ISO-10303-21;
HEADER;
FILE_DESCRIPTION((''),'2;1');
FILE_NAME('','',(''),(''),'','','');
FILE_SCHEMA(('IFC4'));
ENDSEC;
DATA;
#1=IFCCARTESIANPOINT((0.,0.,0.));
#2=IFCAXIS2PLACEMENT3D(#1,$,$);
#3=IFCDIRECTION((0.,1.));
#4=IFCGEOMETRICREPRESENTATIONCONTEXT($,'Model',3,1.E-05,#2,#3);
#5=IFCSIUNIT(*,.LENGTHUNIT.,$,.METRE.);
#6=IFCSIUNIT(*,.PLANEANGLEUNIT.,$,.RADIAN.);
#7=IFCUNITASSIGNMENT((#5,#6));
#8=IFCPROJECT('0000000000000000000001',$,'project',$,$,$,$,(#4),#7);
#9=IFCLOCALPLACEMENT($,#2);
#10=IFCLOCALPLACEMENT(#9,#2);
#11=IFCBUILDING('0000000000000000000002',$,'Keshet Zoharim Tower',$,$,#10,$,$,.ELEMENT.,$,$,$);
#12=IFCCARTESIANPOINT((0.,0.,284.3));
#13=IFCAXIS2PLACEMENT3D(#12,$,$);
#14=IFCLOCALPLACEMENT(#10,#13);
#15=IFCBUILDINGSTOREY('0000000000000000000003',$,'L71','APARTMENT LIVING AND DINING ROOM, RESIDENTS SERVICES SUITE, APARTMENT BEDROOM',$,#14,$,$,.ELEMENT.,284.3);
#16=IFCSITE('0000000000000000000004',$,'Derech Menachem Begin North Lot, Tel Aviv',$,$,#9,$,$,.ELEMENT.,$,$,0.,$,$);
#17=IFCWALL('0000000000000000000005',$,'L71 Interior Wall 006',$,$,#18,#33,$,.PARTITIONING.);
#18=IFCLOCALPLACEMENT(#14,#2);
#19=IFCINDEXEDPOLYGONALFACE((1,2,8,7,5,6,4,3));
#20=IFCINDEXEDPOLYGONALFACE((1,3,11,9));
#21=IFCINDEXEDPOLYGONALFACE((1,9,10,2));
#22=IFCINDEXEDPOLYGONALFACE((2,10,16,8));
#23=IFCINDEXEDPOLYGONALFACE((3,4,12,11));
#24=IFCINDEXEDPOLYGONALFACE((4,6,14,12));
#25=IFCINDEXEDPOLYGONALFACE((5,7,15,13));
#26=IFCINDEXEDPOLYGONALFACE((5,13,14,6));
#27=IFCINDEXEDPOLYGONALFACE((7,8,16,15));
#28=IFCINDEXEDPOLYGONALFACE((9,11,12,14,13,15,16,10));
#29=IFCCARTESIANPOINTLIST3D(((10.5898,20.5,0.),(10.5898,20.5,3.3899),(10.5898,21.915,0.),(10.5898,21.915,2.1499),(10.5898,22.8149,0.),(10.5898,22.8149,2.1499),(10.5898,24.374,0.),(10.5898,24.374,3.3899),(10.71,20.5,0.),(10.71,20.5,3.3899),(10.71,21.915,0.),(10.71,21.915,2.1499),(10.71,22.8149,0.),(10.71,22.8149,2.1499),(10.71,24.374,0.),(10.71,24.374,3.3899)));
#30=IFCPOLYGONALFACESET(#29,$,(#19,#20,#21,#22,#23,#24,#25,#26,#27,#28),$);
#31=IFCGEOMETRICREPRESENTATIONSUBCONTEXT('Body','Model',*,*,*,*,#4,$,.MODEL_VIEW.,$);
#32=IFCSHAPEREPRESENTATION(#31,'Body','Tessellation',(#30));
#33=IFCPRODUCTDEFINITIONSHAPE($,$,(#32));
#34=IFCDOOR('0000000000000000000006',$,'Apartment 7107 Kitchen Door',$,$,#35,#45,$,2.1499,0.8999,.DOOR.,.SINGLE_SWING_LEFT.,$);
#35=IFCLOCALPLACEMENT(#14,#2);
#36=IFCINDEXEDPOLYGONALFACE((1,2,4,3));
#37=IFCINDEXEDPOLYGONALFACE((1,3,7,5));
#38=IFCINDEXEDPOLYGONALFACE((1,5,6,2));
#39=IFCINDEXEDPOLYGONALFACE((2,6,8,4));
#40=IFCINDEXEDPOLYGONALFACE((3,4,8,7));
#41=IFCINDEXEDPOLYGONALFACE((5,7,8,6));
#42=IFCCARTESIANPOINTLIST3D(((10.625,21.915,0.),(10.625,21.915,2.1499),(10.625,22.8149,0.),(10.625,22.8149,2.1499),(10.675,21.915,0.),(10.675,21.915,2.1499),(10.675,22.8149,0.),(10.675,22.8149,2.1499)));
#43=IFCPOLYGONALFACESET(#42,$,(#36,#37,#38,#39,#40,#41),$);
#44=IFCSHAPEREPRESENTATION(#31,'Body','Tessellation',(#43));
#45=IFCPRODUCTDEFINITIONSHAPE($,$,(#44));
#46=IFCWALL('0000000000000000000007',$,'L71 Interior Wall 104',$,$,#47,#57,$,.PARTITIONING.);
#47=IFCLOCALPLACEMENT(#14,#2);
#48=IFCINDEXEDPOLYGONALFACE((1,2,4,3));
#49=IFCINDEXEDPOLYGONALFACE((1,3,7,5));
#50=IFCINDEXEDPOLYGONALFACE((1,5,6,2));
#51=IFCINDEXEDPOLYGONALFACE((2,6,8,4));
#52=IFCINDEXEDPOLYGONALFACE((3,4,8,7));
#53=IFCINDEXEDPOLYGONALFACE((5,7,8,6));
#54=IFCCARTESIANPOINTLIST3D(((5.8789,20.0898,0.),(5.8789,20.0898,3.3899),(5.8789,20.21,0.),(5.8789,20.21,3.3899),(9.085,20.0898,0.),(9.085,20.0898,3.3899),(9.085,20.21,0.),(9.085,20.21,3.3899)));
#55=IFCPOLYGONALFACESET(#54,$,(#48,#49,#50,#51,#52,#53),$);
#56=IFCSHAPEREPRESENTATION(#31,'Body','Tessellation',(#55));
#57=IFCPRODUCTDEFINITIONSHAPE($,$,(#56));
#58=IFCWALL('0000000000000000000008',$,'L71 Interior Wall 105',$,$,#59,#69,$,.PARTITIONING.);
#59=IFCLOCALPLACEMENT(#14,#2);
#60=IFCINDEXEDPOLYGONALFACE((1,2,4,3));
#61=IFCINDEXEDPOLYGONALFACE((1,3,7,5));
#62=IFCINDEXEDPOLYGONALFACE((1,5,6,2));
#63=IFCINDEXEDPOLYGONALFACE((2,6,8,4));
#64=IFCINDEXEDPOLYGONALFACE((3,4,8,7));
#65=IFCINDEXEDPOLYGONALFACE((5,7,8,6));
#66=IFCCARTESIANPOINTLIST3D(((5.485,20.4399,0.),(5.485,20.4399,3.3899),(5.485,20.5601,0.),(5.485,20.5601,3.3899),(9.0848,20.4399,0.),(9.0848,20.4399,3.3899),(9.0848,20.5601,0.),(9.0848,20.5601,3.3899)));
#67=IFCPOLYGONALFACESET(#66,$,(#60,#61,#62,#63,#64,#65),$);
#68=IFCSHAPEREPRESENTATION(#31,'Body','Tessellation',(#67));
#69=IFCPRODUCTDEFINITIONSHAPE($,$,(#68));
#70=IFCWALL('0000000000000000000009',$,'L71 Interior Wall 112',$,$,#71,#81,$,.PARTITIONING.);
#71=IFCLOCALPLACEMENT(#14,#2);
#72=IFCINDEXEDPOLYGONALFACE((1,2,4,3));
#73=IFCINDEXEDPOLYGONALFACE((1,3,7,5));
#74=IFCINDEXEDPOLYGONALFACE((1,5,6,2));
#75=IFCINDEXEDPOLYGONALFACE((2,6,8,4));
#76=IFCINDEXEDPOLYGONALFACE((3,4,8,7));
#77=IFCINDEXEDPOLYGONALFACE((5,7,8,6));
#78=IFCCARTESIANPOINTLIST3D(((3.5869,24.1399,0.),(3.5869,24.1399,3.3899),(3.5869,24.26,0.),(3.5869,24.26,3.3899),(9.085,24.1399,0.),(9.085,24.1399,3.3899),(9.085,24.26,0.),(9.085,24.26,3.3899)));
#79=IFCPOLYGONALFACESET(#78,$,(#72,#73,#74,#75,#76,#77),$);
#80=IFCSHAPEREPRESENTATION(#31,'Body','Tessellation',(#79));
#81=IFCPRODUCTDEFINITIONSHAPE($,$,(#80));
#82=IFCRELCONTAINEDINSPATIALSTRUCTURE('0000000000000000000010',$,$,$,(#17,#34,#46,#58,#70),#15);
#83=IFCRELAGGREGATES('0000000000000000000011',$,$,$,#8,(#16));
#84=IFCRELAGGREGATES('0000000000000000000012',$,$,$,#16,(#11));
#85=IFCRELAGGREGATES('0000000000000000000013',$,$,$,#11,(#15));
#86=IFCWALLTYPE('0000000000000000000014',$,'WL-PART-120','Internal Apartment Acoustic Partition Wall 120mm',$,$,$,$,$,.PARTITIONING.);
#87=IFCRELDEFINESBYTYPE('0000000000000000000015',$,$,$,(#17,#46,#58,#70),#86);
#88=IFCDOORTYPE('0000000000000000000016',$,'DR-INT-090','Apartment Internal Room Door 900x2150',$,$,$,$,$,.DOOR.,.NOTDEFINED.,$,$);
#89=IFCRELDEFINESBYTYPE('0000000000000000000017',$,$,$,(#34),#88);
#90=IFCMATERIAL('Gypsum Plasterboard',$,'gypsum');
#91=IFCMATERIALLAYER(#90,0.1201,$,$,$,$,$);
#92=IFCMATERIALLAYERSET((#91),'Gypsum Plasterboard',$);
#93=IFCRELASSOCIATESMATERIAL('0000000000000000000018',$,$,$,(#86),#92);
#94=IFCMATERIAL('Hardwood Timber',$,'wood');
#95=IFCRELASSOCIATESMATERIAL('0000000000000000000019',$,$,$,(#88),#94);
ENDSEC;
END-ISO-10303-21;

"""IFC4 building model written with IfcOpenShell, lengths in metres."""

from ifc_helpers import new_model, si_unit, direction, frame, frame_2d, origin, place, context, subcontext, project, spatial, rectangle, extrude, material, layer, layer_set, type_object, element, fill, save


model = new_model("IFC4")

# Units and contexts
model_context = context("Model", 3, precision=1e-05, world=origin(), true_north=direction((0.0, 1.0)))
body_context = subcontext(model_context, "Body", "Model", "MODEL_VIEW")
ifc_project = project(units=[si_unit("LENGTHUNIT", "METRE"), si_unit("PLANEANGLEUNIT", "RADIAN")], contexts=[model_context])

# Site, building, storey
site_placement = place(None, origin())
site = spatial("IfcSite", under=ifc_project, at=site_placement, Name="Derech Menachem Begin North Lot, Tel Aviv", CompositionType="ELEMENT", RefElevation=0.0)
building_placement = place(site_placement, origin())
building = spatial("IfcBuilding", under=site, at=building_placement, Name="Keshet Zoharim Tower", CompositionType="ELEMENT")
storey_placement = place(building_placement, frame((0.0, 0.0, 284.3)))
storey = spatial("IfcBuildingStorey", under=building, at=storey_placement, Name="L71", Description="APARTMENT LIVING AND DINING ROOM, RESIDENTS SERVICES SUITE, APARTMENT BEDROOM", CompositionType="ELEMENT", Elevation=284.3)

# Shared definitions
ifc_material_1 = material(Name="Gypsum Plasterboard", Category="gypsum")
ifc_layer_1 = layer(ifc_material_1, 0.1201)
ifc_layer_set_1 = layer_set([ifc_layer_1], Name="Gypsum Plasterboard")
wall_type = type_object("IfcWallType", Name="WL-PART-120", Description="Internal Apartment Acoustic Partition Wall 120mm", PredefinedType="PARTITIONING", material=ifc_layer_set_1)

# Shared definitions
ifc_material_2 = material(Name="Hardwood Timber", Category="wood")
door_type = type_object("IfcDoorType", Name="DR-INT-090", Description="Apartment Internal Room Door 900x2150", OperationType="NOTDEFINED", PredefinedType="DOOR", material=ifc_material_2)

# Wall, opening, door
wall_1_placement = place(storey_placement, frame((10.6499, 20.5, 0.0), z_axis=(0.0, 0.0, 1.0), x_axis=(0.0, 1.0, 0.0)))
wall_1 = element("IfcWall", 1, at=wall_1_placement, inside=storey, type_object=wall_type, Name="L71 Interior Wall 006", PredefinedType="PARTITIONING", context=body_context, shape_type="SweptSolid", body=[
    extrude(rectangle(XDim=3.874, YDim=0.1201, at=frame_2d((1.937, 0.0))), origin(), (0.0, 0.0, 1.0), 3.3899),
])
opening_1_placement = place(wall_1_placement, frame((1.415, 0.0, 0.0)))
opening_1 = element("IfcOpeningElement", 2, at=opening_1_placement, cuts=wall_1, PredefinedType="OPENING", context=body_context, shape_type="SweptSolid", body=[
    extrude(rectangle(XDim=0.8999, YDim=2.1499, at=frame_2d((0.45, 1.075))), frame((0.0, 0.0701, 0.0), z_axis=(0.0, -1.0, 0.0), x_axis=(1.0, 0.0, 0.0)), (0.0, 0.0, 1.0), 0.1401),
])
door_1_placement = place(opening_1_placement, origin())
door_1 = element("IfcDoor", 3, at=door_1_placement, inside=storey, type_object=door_type, Name="Apartment 7107 Kitchen Door", OperationType="SINGLE_SWING_LEFT", OverallHeight=2.1499, OverallWidth=0.8999, PredefinedType="DOOR", context=body_context, shape_type="SweptSolid", body=[
    extrude(rectangle(XDim=0.8999, YDim=2.1499, at=frame_2d((0.45, 1.075))), frame((0.0, 0.0249, 0.0), z_axis=(0.0, -1.0, 0.0), x_axis=(1.0, 0.0, 0.0)), (0.0, 0.0, 1.0), 0.05),
])
fill(opening_1, door_1)

# Walls
wall_2_placement = place(storey_placement, frame((5.8789, 20.1499, 0.0), z_axis=(0.0, 0.0, 1.0), x_axis=(1.0, 0.0, 0.0)))
element("IfcWall", 4, at=wall_2_placement, inside=storey, type_object=wall_type, Name="L71 Interior Wall 104", PredefinedType="PARTITIONING", context=body_context, shape_type="SweptSolid", body=[
    extrude(rectangle(XDim=3.2061, YDim=0.1201, at=frame_2d((1.603, 0.0))), origin(), (0.0, 0.0, 1.0), 3.3899),
])
wall_3_placement = place(storey_placement, frame((5.4851, 20.5, 0.0), z_axis=(0.0, 0.0, 1.0), x_axis=(1.0, 0.0, 0.0)))
element("IfcWall", 5, at=wall_3_placement, inside=storey, type_object=wall_type, Name="L71 Interior Wall 105", PredefinedType="PARTITIONING", context=body_context, shape_type="SweptSolid", body=[
    extrude(rectangle(XDim=3.5999, YDim=0.1201, at=frame_2d((1.7998, 0.0))), origin(), (0.0, 0.0, 1.0), 3.3899),
])
wall_4_placement = place(storey_placement, frame((3.5869, 24.2, 0.0), z_axis=(0.0, 0.0, 1.0), x_axis=(1.0, 0.0, 0.0)))
element("IfcWall", 6, at=wall_4_placement, inside=storey, type_object=wall_type, Name="L71 Interior Wall 112", PredefinedType="PARTITIONING", context=body_context, shape_type="SweptSolid", body=[
    extrude(rectangle(XDim=5.498, YDim=0.1201, at=frame_2d((2.749, 0.0))), origin(), (0.0, 0.0, 1.0), 3.3899),
])

save(model, "model.ifc")
